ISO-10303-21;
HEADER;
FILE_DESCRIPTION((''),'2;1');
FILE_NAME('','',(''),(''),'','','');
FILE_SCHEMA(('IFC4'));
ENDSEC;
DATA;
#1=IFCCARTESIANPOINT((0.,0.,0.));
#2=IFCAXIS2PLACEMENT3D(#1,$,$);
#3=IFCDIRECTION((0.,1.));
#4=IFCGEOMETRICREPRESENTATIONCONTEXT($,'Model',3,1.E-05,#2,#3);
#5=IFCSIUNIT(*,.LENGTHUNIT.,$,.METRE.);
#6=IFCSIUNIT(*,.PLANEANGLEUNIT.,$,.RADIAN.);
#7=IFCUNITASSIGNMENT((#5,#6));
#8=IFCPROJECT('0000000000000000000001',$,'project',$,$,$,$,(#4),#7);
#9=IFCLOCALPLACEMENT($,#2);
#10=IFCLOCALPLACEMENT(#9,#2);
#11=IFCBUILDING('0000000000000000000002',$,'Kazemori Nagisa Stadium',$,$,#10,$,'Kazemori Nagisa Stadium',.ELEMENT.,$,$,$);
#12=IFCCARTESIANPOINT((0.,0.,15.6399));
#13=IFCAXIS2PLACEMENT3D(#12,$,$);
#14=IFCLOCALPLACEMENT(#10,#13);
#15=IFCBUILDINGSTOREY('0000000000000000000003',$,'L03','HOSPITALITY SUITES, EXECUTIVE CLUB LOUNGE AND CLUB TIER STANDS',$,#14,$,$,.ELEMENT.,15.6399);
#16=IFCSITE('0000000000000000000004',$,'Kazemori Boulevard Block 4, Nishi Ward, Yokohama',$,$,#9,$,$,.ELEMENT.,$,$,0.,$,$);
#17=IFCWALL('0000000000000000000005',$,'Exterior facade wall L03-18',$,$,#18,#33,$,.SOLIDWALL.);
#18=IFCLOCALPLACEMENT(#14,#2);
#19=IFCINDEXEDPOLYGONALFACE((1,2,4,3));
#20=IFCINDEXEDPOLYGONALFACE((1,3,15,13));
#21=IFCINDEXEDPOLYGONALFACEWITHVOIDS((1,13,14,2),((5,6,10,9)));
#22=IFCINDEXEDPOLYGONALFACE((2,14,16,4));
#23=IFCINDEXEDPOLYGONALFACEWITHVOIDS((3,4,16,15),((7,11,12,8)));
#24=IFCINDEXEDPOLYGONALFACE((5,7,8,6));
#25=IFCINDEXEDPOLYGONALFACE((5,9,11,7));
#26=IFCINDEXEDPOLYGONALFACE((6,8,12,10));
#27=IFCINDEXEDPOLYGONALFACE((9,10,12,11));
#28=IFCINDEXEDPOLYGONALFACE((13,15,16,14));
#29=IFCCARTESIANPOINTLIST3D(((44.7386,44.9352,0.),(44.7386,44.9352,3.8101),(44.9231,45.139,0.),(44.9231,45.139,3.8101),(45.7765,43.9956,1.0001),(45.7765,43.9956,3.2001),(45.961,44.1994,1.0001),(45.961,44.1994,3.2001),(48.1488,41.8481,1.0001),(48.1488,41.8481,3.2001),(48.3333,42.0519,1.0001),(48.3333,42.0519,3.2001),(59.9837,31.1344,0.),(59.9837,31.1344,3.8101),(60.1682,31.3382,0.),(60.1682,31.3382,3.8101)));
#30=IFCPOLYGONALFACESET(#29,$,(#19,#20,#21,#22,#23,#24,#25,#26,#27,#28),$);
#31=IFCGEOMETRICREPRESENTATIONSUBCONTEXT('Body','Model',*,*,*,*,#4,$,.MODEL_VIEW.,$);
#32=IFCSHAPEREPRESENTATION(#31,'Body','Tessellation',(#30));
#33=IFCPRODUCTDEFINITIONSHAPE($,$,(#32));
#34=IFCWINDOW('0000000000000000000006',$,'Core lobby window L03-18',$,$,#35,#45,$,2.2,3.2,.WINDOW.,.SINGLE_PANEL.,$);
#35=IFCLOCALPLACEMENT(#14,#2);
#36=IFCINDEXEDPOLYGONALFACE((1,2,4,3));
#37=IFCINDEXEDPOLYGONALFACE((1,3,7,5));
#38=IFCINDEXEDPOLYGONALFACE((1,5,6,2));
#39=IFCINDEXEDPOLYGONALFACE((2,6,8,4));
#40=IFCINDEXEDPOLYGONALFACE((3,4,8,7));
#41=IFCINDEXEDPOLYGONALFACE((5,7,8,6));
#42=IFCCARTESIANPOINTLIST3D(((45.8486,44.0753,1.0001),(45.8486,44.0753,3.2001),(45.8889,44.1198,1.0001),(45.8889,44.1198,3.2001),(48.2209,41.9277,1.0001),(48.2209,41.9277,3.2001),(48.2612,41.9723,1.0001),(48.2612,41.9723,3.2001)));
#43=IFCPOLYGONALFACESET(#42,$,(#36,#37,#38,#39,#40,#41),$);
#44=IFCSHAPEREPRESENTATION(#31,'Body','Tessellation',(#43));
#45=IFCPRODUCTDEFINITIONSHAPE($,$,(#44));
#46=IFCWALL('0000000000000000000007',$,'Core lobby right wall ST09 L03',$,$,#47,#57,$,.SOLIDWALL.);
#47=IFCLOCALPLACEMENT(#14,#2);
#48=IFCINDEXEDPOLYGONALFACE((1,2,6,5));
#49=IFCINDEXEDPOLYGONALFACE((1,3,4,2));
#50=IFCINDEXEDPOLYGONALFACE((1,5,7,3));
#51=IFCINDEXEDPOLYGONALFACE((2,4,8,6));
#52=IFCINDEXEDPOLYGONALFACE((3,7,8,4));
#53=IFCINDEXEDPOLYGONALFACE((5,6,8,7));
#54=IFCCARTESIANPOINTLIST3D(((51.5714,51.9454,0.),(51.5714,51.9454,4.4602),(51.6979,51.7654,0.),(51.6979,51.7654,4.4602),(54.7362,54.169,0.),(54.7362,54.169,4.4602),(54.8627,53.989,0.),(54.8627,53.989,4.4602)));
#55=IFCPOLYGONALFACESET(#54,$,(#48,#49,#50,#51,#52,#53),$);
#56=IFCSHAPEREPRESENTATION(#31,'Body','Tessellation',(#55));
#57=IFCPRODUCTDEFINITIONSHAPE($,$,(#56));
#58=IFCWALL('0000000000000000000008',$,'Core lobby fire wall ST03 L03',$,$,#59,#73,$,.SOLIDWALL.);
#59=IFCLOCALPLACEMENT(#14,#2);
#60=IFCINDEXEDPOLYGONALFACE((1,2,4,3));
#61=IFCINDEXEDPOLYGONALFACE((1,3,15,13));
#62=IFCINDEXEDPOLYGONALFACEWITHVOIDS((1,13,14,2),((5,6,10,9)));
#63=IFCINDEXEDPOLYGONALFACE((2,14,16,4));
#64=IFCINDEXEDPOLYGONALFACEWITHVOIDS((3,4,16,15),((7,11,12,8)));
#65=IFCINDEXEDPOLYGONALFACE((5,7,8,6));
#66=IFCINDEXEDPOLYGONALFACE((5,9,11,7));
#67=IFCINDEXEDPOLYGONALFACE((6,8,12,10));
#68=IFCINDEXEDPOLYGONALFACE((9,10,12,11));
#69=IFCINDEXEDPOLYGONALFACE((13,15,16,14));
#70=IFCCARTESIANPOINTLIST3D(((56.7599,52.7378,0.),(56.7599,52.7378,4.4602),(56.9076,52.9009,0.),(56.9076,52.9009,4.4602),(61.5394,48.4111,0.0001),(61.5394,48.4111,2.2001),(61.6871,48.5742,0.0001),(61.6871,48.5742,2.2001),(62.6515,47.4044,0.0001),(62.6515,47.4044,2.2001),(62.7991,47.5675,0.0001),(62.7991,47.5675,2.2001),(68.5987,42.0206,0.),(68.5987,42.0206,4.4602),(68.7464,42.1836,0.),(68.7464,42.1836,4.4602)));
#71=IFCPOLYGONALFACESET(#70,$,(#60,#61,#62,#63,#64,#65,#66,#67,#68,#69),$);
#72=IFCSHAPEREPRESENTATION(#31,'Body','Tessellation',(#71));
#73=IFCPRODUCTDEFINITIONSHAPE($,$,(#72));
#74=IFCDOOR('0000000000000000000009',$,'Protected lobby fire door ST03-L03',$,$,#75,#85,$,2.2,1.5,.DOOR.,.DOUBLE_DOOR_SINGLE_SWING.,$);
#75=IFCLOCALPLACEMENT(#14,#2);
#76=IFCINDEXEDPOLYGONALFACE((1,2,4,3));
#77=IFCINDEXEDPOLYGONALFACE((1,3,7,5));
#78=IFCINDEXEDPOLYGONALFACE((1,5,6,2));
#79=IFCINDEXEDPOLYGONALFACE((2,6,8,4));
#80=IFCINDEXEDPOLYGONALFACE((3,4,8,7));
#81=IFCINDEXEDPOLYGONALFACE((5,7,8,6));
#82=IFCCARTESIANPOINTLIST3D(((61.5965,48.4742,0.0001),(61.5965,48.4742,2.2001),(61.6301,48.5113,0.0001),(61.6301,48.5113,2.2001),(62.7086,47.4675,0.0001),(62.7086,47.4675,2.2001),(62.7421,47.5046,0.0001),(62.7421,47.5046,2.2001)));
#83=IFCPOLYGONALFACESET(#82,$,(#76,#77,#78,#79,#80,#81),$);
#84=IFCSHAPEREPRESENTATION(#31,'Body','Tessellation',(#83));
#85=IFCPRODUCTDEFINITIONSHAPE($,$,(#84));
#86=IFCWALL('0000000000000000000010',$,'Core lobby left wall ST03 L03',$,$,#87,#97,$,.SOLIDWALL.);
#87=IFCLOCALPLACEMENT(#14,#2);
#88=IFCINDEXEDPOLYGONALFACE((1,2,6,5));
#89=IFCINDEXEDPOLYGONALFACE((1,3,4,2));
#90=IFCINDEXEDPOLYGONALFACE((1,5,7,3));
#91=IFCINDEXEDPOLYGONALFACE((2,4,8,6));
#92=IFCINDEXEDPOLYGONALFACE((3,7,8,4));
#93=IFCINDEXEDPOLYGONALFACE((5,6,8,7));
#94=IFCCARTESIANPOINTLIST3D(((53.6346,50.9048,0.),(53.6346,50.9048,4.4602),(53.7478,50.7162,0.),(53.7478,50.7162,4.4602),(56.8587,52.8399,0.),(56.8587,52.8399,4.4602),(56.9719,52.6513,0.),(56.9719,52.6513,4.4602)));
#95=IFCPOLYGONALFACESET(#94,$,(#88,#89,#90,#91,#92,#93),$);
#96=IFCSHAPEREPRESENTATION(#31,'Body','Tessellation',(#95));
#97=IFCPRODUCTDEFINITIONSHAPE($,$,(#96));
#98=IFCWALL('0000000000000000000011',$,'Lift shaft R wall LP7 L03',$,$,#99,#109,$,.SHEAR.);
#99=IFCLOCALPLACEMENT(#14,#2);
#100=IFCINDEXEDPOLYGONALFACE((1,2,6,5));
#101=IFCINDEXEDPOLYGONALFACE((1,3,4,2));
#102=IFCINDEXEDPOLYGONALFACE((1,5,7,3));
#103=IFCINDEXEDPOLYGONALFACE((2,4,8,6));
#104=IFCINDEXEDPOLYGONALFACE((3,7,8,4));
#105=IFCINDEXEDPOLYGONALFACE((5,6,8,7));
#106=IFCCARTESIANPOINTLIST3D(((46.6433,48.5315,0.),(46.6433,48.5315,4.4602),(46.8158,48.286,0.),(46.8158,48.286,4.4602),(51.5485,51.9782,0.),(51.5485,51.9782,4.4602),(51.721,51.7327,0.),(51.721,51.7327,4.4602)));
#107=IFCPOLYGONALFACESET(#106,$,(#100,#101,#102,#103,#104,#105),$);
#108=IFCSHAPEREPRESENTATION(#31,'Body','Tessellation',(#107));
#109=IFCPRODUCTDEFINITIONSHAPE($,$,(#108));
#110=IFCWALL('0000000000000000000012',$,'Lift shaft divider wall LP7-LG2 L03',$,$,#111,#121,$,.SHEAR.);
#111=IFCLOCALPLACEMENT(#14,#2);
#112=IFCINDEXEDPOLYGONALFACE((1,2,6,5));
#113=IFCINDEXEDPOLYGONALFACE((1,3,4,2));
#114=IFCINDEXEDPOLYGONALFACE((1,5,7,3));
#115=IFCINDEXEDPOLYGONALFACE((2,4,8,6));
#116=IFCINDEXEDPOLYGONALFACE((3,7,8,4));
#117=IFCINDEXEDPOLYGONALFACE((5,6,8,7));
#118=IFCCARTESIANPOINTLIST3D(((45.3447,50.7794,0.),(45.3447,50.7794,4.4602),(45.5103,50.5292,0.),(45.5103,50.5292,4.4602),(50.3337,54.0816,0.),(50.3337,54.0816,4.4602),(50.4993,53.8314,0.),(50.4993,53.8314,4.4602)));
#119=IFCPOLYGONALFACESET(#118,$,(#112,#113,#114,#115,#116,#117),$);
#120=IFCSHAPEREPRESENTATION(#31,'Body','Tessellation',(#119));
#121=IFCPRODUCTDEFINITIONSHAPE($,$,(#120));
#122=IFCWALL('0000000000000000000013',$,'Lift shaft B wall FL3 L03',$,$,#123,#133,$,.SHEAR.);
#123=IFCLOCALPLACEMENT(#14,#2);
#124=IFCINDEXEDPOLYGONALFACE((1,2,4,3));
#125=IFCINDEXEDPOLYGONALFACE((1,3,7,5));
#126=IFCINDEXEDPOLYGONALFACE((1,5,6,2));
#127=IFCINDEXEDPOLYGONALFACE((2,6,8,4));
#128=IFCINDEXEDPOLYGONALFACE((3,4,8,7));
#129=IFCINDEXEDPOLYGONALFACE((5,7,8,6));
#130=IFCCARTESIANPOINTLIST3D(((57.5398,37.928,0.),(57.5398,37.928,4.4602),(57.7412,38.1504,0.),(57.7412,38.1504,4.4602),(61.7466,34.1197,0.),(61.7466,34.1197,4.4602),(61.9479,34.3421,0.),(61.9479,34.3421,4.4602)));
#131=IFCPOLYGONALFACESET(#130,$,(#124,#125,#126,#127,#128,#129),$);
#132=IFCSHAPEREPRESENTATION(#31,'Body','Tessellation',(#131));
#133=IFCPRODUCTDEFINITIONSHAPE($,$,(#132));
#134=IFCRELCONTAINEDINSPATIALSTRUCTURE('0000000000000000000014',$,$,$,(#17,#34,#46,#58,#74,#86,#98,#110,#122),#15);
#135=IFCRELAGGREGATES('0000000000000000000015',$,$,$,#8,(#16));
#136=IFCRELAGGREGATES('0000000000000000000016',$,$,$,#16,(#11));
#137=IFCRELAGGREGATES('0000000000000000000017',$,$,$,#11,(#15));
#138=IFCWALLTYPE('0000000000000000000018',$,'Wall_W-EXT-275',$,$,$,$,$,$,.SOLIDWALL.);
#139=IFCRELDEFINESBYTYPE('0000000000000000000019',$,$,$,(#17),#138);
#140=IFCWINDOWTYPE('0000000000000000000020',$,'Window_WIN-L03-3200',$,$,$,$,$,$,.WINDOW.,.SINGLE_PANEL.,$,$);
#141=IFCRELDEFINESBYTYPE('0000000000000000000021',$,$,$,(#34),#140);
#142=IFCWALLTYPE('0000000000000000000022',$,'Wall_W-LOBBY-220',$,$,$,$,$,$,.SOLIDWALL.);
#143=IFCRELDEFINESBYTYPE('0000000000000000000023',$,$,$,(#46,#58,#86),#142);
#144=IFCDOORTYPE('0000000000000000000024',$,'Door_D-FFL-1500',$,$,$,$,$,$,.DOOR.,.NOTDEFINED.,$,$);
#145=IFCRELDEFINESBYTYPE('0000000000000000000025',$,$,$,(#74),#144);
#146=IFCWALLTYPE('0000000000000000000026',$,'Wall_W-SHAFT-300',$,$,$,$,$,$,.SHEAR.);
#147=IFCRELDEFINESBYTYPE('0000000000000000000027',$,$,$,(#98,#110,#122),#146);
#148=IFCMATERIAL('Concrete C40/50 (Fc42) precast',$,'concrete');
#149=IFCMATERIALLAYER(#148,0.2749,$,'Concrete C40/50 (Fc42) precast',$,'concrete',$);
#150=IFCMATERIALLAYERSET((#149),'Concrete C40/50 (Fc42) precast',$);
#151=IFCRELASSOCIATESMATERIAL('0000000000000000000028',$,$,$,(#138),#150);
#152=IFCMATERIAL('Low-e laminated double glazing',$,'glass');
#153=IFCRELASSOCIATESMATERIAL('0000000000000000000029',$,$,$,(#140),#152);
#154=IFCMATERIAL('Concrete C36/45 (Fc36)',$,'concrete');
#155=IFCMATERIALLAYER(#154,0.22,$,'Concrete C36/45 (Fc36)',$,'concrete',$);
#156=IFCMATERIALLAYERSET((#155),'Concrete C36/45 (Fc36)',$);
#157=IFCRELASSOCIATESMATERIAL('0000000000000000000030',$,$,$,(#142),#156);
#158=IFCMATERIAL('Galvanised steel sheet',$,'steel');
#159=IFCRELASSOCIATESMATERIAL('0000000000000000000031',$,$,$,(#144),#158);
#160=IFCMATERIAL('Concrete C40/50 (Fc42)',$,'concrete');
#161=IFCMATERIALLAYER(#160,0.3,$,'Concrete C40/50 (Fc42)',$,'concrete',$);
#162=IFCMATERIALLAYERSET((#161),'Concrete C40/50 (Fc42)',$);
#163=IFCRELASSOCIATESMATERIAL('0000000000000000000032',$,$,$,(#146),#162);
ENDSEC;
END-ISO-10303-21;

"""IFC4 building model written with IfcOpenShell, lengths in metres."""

from ifc_helpers import new_model, si_unit, direction, frame, frame_2d, origin, place, context, subcontext, project, spatial, rectangle, extrude, material, layer, layer_set, type_object, element, fill, save


model = new_model("IFC4")

# Units and contexts
model_context = context("Model", 3, precision=1e-05, world=origin(), true_north=direction((0.0, 1.0)))
body_context = subcontext(model_context, "Body", "Model", "MODEL_VIEW")
ifc_project = project(units=[si_unit("LENGTHUNIT", "METRE"), si_unit("PLANEANGLEUNIT", "RADIAN")], contexts=[model_context])

# Site, building, storey
site_placement = place(None, origin())
site = spatial("IfcSite", under=ifc_project, at=site_placement, Name="Kazemori Boulevard Block 4, Nishi Ward, Yokohama", CompositionType="ELEMENT", RefElevation=0.0)
building_placement = place(site_placement, origin())
building = spatial("IfcBuilding", under=site, at=building_placement, Name="Kazemori Nagisa Stadium", LongName="Kazemori Nagisa Stadium", CompositionType="ELEMENT")
storey_placement = place(building_placement, frame((0.0, 0.0, 15.6399)))
storey = spatial("IfcBuildingStorey", under=building, at=storey_placement, Name="L03", Description="HOSPITALITY SUITES, EXECUTIVE CLUB LOUNGE AND CLUB TIER STANDS", CompositionType="ELEMENT", Elevation=15.6399)

# Shared definitions
ifc_material_1 = material(Name="Concrete C40/50 (Fc42)", Category="concrete")

# Shared definitions
ifc_material_2 = material(Name="Galvanised steel sheet", Category="steel")

# Wall, opening, window
ifc_material_3 = material(Name="Concrete C40/50 (Fc42) precast", Category="concrete")
ifc_layer_1 = layer(ifc_material_3, 0.2749, Name="Concrete C40/50 (Fc42) precast", Category="concrete")
ifc_layer_set_1 = layer_set([ifc_layer_1], Name="Concrete C40/50 (Fc42) precast")
wall_type_1 = type_object("IfcWallType", Name="Wall_W-EXT-275", PredefinedType="SOLIDWALL", material=ifc_layer_set_1)
wall_1_placement = place(storey_placement, frame((44.8308, 45.0371, 0.0), z_axis=(0.0, 0.0, 1.0), x_axis=(0.741352, -0.671116, 0.0)))
wall_1 = element("IfcWall", 1, at=wall_1_placement, inside=storey, type_object=wall_type_1, Name="Exterior facade wall L03-18", PredefinedType="SOLIDWALL", context=body_context, shape_type="SweptSolid", body=[
    extrude(rectangle(XDim=20.564, YDim=0.2749, at=frame_2d((10.282, 0.0))), origin(), (0.0, 0.0, 1.0), 3.8101),
])
opening_1_placement = place(wall_1_placement, frame((1.3999, 0.0, 1.0)))
opening_1 = element("IfcOpeningElement", 2, at=opening_1_placement, cuts=wall_1, PredefinedType="OPENING", context=body_context, shape_type="SweptSolid", body=[
    extrude(rectangle(XDim=3.2, YDim=2.2, at=frame_2d((1.6001, 1.1001))), frame((0.0, 0.1475, 0.0), z_axis=(0.0, -1.0, 0.0), x_axis=(1.0, 0.0, 0.0)), (0.0, 0.0, 1.0), 0.2949),
])
ifc_material_4 = material(Name="Low-e laminated double glazing", Category="glass")
window_type = type_object("IfcWindowType", Name="Window_WIN-L03-3200", PartitioningType="SINGLE_PANEL", PredefinedType="WINDOW", material=ifc_material_4)
window_placement = place(opening_1_placement, origin())
window = element("IfcWindow", 3, at=window_placement, inside=storey, type_object=window_type, Name="Core lobby window L03-18", OverallHeight=2.2, OverallWidth=3.2, PartitioningType="SINGLE_PANEL", PredefinedType="WINDOW", context=body_context, shape_type="SweptSolid", body=[
    extrude(rectangle(XDim=3.2, YDim=2.2, at=frame_2d((1.6001, 1.1001))), frame((0.0, 0.03, 0.0), z_axis=(0.0, -1.0, 0.0), x_axis=(1.0, 0.0, 0.0)), (0.0, 0.0, 1.0), 0.0601),
])
fill(opening_1, window)

# Wall
ifc_material_5 = material(Name="Concrete C36/45 (Fc36)", Category="concrete")
ifc_layer_2 = layer(ifc_material_5, 0.22, Name="Concrete C36/45 (Fc36)", Category="concrete")
ifc_layer_set_2 = layer_set([ifc_layer_2], Name="Concrete C36/45 (Fc36)")
wall_type_2 = type_object("IfcWallType", Name="Wall_W-LOBBY-220", PredefinedType="SOLIDWALL", material=ifc_layer_set_2)
wall_2_placement = place(storey_placement, frame((54.7996, 54.0791, 0.0), z_axis=(0.0, 0.0, 1.0), x_axis=(-0.818225, -0.574898, 0.0)))
element("IfcWall", 4, at=wall_2_placement, inside=storey, type_object=wall_type_2, Name="Core lobby right wall ST09 L03", PredefinedType="SOLIDWALL", context=body_context, shape_type="SweptSolid", body=[
    extrude(rectangle(XDim=3.8679, YDim=0.22, at=frame_2d((1.9341, 0.0))), origin(), (0.0, 0.0, 1.0), 4.4602),
])

# Wall, opening, door
wall_3_placement = place(storey_placement, frame((56.8337, 52.8193, 0.0), z_axis=(0.0, 0.0, 1.0), x_axis=(0.741351, -0.671117, 0.0)))
wall_3 = element("IfcWall", 5, at=wall_3_placement, inside=storey, type_object=wall_type_2, Name="Core lobby fire wall ST03 L03", PredefinedType="SOLIDWALL", context=body_context, shape_type="SweptSolid", body=[
    extrude(rectangle(XDim=15.9692, YDim=0.22, at=frame_2d((7.9846, 0.0))), origin(), (0.0, 0.0, 1.0), 4.4602),
])
opening_2_placement = place(wall_3_placement, frame((6.447, 0.0, 0.0)))
opening_2 = element("IfcOpeningElement", 6, at=opening_2_placement, cuts=wall_3, PredefinedType="OPENING", context=body_context, shape_type="SweptSolid", body=[
    extrude(rectangle(XDim=1.5, YDim=2.2, at=frame_2d((0.75, 1.1001))), frame((0.0, 0.1199, 0.0), z_axis=(0.0, -1.0, 0.0), x_axis=(1.0, 0.0, 0.0)), (0.0, 0.0, 1.0), 0.24),
])
door_type_1 = type_object("IfcDoorType", Name="Door_D-FFL-1500", OperationType="NOTDEFINED", PredefinedType="DOOR", material=ifc_material_2)
door_1_placement = place(opening_2_placement, frame((1.5, 0.0, 0.0), z_axis=(0.0, 0.0, 1.0), x_axis=(-1.0, 0.0, 0.0)))
door_1 = element("IfcDoor", 7, at=door_1_placement, inside=storey, type_object=door_type_1, Name="Protected lobby fire door ST03-L03", OperationType="DOUBLE_DOOR_SINGLE_SWING", OverallHeight=2.2, OverallWidth=1.5, PredefinedType="DOOR", context=body_context, shape_type="SweptSolid", body=[
    extrude(rectangle(XDim=1.5, YDim=2.2, at=frame_2d((0.75, 1.1001))), frame((0.0, 0.0249, 0.0), z_axis=(0.0, -1.0, 0.0), x_axis=(1.0, 0.0, 0.0)), (0.0, 0.0, 1.0), 0.05),
])
fill(opening_2, door_1)

# Walls
wall_4_placement = place(storey_placement, frame((56.9153, 52.7456, 0.0), z_axis=(0.0, 0.0, 1.0), x_axis=(-0.857424, -0.51461, 0.0)))
element("IfcWall", 8, at=wall_4_placement, inside=storey, type_object=wall_type_2, Name="Core lobby left wall ST03 L03", PredefinedType="SOLIDWALL", context=body_context, shape_type="SweptSolid", body=[
    extrude(rectangle(XDim=3.7603, YDim=0.22, at=frame_2d((1.8801, 0.0))), origin(), (0.0, 0.0, 1.0), 4.4602),
])
ifc_layer_3 = layer(ifc_material_1, 0.3, Name="Concrete C40/50 (Fc42)", Category="concrete")
ifc_layer_set_3 = layer_set([ifc_layer_3], Name="Concrete C40/50 (Fc42)")
wall_type_3 = type_object("IfcWallType", Name="Wall_W-SHAFT-300", PredefinedType="SHEAR", material=ifc_layer_set_3)
wall_5_placement = place(storey_placement, frame((51.6348, 51.8555, 0.0), z_axis=(0.0, 0.0, 1.0), x_axis=(-0.818205, -0.574926, 0.0)))
element("IfcWall", 9, at=wall_5_placement, inside=storey, type_object=wall_type_3, Name="Lift shaft R wall LP7 L03", PredefinedType="SHEAR", context=body_context, shape_type="SweptSolid", body=[
    extrude(rectangle(XDim=5.9951, YDim=0.3, at=frame_2d((2.9976, 0.0))), origin(), (0.0, 0.0, 1.0), 4.4602),
])
wall_6_placement = place(storey_placement, frame((50.4165, 53.9565, 0.0), z_axis=(0.0, 0.0, 1.0), x_axis=(-0.833879, -0.551947, 0.0)))
element("IfcWall", 10, at=wall_6_placement, inside=storey, type_object=wall_type_3, Name="Lift shaft divider wall LP7-LG2 L03", PredefinedType="SHEAR", context=body_context, shape_type="SweptSolid", body=[
    extrude(rectangle(XDim=5.9829, YDim=0.3, at=frame_2d((2.9915, 0.0))), origin(), (0.0, 0.0, 1.0), 4.4602),
])
wall_7_placement = place(storey_placement, frame((57.6404, 38.0393, 0.0), z_axis=(0.0, 0.0, 1.0), x_axis=(0.741342, -0.671127, 0.0)))
element("IfcWall", 11, at=wall_7_placement, inside=storey, type_object=wall_type_3, Name="Lift shaft B wall FL3 L03", PredefinedType="SHEAR", context=body_context, shape_type="SweptSolid", body=[
    extrude(rectangle(XDim=5.6746, YDim=0.3, at=frame_2d((2.8374, 0.0))), origin(), (0.0, 0.0, 1.0), 4.4602),
])

save(model, "model.ifc")
